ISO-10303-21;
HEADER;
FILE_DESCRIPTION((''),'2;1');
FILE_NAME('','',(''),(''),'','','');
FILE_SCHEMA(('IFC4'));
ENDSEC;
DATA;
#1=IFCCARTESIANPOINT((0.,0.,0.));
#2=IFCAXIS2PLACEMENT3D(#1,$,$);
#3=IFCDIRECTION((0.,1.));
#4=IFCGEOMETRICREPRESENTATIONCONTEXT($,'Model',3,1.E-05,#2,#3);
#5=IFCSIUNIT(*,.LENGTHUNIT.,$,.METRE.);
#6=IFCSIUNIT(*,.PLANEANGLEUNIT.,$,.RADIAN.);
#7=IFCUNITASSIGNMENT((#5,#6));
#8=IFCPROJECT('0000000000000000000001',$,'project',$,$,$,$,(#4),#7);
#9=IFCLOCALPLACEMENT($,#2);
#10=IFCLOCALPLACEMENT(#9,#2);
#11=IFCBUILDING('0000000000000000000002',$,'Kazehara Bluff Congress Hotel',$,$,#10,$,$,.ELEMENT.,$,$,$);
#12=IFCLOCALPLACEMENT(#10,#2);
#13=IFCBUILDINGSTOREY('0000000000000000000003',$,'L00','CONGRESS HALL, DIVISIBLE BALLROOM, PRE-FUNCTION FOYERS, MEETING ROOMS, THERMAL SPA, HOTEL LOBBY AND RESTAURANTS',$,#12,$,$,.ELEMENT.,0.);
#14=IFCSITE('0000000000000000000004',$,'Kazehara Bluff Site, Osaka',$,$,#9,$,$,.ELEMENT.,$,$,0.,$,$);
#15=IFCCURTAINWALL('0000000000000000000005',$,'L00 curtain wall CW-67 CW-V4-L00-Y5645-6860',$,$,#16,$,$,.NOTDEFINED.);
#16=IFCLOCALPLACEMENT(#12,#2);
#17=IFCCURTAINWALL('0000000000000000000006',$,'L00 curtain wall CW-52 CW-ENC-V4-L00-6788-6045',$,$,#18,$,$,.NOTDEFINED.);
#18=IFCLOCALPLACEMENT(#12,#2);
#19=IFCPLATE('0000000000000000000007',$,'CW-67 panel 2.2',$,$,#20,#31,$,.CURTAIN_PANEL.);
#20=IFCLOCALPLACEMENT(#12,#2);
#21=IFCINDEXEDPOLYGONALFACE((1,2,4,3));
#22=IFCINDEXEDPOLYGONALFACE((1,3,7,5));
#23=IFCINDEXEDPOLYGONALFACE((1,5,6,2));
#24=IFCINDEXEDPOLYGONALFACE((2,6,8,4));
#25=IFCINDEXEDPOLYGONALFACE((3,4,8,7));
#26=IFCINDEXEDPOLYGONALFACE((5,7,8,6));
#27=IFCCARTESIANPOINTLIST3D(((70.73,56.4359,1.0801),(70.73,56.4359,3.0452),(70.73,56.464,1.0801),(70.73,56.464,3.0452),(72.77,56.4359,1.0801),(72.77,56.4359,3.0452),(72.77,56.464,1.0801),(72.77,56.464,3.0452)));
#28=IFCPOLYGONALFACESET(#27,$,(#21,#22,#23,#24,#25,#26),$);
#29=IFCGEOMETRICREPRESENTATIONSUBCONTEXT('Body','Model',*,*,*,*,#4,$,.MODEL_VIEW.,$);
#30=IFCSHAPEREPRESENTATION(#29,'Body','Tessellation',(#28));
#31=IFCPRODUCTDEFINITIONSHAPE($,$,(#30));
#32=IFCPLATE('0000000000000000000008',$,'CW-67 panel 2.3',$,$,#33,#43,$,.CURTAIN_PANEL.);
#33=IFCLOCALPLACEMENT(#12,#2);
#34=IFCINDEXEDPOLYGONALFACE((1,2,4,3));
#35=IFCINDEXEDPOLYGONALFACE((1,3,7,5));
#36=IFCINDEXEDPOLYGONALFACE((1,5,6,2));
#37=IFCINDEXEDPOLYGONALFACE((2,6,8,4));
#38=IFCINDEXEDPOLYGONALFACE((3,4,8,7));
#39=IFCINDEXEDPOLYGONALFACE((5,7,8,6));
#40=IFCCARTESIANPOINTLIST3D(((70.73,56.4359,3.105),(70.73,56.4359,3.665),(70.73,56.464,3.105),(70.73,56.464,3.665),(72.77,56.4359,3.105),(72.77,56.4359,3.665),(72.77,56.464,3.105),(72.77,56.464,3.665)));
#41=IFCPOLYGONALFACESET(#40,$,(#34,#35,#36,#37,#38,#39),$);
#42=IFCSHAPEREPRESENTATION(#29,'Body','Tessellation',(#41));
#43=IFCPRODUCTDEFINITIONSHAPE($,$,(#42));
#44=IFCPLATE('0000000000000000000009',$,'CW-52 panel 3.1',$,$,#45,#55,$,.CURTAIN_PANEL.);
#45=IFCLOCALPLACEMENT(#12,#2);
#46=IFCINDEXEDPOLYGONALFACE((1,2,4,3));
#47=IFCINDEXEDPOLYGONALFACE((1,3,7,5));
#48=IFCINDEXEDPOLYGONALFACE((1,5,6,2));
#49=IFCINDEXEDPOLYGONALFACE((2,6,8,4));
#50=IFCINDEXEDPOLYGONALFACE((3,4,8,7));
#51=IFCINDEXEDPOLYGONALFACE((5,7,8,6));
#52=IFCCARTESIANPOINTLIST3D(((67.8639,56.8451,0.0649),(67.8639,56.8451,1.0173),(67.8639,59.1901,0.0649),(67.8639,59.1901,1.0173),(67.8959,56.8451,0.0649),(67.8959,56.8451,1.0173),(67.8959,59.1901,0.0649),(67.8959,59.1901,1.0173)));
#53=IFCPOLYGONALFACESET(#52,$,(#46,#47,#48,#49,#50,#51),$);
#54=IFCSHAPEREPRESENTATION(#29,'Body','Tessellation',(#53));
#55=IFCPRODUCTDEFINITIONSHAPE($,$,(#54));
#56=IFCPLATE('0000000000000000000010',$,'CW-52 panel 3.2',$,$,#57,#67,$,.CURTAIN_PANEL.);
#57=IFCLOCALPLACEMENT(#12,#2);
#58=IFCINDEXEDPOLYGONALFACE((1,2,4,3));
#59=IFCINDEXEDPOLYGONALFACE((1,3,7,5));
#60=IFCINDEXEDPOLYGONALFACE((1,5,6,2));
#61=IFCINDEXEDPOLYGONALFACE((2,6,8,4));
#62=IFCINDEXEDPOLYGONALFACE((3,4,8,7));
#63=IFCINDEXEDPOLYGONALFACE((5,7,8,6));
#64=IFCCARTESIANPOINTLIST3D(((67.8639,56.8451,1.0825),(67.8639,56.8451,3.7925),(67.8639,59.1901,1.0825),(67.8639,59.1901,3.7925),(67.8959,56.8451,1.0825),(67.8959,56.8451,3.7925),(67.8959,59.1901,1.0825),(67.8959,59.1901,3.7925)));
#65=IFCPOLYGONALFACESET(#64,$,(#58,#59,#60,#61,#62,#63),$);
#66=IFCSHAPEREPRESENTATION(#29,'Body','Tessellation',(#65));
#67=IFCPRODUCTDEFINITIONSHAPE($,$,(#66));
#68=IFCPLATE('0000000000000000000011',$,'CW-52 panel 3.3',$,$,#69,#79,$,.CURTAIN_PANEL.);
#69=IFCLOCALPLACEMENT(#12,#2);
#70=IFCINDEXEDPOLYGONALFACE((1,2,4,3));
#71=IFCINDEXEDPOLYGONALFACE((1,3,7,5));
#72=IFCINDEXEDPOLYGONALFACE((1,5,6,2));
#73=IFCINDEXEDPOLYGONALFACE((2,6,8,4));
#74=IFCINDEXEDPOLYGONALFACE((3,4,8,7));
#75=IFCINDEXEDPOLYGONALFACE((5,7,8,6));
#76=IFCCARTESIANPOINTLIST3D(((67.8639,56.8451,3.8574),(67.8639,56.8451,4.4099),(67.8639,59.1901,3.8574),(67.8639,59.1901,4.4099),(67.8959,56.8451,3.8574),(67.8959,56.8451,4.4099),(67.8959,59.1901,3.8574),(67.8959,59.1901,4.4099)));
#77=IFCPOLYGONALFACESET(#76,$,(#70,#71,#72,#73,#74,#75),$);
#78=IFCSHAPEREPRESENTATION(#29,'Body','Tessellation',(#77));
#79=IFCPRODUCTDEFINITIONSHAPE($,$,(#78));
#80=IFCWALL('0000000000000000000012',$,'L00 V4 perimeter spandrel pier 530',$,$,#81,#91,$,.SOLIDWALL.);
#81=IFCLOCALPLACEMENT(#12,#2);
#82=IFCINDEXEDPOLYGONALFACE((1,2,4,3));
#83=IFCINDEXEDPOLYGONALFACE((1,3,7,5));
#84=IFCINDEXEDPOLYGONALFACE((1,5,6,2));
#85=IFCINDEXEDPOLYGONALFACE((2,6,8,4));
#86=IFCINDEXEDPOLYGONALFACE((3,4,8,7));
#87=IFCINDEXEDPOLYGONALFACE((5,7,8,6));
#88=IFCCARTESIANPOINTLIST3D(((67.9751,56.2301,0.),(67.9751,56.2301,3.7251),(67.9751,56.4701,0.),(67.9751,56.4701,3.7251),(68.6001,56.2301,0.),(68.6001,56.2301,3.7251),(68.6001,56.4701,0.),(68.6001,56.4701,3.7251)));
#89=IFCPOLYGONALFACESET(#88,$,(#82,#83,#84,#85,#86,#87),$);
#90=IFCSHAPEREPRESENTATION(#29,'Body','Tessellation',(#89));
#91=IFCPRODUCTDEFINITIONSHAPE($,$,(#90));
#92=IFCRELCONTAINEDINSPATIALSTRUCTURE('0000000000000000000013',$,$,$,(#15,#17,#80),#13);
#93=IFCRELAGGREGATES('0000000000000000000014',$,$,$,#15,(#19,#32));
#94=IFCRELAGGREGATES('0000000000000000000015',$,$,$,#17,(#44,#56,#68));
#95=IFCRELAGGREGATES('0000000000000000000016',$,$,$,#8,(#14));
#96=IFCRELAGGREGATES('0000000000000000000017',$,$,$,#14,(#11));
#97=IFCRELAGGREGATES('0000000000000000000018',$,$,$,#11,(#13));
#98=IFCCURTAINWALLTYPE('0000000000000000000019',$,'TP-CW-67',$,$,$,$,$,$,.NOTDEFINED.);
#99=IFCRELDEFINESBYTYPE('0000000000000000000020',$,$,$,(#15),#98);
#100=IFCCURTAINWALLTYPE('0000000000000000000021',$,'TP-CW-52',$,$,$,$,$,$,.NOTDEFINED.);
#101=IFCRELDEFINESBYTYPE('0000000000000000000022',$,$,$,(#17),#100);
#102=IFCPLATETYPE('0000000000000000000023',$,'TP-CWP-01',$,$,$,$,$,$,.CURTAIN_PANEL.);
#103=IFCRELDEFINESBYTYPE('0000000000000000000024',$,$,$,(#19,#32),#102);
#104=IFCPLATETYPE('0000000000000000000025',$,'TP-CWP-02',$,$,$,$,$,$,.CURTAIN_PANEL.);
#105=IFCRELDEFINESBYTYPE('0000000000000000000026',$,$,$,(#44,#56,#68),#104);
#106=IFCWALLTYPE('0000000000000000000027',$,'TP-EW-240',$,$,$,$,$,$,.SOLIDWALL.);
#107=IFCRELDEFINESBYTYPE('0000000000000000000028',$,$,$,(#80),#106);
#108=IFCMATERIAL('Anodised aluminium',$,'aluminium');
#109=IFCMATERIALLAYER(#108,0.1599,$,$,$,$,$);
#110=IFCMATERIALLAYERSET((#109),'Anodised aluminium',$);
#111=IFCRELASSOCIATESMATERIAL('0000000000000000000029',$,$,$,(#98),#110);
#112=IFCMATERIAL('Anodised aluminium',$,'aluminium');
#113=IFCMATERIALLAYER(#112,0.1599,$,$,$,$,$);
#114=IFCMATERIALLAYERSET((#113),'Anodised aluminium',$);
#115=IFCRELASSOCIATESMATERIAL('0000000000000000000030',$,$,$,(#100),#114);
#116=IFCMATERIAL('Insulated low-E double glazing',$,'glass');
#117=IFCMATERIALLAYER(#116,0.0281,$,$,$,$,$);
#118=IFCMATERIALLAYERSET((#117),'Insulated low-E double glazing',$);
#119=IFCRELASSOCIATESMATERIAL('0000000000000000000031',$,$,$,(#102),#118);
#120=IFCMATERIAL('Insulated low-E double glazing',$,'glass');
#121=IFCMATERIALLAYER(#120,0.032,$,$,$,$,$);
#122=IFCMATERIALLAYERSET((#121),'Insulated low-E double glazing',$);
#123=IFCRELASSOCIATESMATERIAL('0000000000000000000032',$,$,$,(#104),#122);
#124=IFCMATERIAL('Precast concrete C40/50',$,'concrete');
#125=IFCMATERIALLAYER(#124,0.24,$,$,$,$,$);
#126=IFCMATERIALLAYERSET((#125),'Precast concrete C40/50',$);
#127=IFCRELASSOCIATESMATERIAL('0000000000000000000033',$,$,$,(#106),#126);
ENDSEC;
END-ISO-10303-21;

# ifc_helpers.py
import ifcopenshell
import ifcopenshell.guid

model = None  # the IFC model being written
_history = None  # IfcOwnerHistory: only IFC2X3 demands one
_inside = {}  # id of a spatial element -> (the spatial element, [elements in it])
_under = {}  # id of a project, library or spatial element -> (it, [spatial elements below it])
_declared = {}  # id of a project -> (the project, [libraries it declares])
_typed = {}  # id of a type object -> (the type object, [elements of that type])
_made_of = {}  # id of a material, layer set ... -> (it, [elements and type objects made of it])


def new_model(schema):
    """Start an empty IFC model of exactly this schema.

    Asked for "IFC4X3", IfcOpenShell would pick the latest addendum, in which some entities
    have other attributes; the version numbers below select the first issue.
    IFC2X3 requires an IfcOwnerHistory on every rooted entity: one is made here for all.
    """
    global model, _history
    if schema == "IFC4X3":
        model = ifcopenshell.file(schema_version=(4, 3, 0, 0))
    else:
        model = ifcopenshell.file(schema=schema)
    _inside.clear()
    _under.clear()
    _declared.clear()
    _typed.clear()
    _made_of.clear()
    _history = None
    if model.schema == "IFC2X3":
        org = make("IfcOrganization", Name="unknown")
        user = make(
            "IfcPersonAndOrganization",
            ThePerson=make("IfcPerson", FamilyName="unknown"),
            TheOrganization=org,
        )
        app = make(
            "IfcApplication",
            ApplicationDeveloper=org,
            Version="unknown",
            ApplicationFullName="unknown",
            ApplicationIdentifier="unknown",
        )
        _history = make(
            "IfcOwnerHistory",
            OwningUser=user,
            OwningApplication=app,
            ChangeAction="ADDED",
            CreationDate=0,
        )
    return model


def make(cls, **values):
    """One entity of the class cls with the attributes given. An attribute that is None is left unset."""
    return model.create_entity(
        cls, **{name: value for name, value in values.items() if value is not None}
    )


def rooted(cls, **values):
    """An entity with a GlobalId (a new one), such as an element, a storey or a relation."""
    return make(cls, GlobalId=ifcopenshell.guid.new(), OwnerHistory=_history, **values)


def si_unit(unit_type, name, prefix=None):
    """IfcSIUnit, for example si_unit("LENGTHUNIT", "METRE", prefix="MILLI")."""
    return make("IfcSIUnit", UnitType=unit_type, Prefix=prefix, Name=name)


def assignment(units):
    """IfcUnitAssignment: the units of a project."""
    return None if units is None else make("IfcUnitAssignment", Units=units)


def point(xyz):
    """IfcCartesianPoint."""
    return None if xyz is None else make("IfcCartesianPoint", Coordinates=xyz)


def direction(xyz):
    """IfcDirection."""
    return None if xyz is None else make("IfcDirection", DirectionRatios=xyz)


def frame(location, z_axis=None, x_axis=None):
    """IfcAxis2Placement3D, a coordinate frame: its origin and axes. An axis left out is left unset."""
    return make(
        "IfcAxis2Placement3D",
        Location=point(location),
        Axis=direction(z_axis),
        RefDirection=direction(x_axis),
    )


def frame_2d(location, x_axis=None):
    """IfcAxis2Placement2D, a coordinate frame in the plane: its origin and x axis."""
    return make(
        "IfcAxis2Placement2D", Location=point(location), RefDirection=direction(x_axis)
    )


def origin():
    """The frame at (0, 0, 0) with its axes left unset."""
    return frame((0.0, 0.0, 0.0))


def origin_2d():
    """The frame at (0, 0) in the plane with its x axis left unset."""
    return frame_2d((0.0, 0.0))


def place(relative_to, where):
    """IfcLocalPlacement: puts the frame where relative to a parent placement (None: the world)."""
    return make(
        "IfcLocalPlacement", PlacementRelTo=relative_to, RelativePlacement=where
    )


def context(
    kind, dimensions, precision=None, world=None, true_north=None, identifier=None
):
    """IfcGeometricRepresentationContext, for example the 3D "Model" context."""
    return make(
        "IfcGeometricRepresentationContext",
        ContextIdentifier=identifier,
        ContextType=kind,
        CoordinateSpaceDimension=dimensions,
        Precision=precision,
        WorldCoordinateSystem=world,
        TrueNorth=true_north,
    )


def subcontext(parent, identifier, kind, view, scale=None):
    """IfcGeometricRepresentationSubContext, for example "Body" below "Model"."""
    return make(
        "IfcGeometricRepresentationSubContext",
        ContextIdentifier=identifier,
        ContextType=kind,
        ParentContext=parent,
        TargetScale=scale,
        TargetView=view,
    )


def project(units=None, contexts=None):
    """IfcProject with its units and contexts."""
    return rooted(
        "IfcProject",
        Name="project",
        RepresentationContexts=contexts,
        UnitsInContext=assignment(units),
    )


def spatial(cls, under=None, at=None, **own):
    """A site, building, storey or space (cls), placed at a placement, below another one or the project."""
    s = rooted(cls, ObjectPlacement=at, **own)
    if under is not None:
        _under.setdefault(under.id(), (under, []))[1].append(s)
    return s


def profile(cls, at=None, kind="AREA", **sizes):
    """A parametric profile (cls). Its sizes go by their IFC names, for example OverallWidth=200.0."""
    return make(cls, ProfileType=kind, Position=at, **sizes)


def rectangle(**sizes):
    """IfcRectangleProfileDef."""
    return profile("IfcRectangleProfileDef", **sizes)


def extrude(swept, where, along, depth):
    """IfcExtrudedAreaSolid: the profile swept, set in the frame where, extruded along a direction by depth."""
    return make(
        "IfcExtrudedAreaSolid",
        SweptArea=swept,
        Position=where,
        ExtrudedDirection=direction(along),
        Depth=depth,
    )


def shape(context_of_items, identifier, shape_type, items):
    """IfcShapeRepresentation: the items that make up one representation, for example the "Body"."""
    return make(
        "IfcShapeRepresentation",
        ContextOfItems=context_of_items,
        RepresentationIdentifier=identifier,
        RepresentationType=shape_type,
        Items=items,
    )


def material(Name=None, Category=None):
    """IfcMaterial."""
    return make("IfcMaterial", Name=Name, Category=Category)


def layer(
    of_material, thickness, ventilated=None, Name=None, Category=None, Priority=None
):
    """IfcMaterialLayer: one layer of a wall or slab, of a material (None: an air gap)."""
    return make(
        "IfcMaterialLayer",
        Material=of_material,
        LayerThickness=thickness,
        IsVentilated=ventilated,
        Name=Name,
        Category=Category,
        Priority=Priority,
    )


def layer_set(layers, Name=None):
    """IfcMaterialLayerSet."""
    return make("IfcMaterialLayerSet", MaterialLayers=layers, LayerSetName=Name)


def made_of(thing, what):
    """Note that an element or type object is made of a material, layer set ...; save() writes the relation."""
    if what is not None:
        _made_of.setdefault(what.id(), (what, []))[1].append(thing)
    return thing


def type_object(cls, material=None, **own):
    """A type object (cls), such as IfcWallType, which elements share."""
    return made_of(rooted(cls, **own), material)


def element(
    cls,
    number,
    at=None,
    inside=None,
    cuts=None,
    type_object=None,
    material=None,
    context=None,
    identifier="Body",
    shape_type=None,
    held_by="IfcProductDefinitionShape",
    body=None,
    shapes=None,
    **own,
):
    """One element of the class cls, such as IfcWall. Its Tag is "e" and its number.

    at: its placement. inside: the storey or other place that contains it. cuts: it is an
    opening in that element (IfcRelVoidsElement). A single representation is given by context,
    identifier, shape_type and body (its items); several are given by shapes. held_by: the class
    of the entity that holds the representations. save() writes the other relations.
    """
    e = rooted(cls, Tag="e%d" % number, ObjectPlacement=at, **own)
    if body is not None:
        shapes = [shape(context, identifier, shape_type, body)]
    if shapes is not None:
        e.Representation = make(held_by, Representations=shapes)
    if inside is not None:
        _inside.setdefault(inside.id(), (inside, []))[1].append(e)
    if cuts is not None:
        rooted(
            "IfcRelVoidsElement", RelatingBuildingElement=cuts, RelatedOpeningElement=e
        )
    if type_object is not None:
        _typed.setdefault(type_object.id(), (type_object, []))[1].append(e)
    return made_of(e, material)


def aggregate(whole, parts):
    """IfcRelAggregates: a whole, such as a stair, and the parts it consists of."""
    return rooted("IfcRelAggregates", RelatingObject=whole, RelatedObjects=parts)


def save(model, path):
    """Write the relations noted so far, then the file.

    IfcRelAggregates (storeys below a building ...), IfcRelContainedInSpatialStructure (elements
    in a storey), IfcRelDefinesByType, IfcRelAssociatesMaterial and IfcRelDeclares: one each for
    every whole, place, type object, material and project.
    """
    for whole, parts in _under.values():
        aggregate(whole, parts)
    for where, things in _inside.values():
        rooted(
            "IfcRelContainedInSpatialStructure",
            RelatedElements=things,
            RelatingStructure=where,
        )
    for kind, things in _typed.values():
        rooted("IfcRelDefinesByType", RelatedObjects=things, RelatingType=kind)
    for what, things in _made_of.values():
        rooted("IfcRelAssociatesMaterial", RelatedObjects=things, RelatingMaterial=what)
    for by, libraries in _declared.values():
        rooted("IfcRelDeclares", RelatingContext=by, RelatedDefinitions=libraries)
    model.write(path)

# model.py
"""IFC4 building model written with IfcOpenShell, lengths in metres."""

from ifc_helpers import new_model, si_unit, direction, frame, frame_2d, origin, origin_2d, place, context, subcontext, project, spatial, rectangle, extrude, material, layer, layer_set, type_object, element, aggregate, save


model = new_model("IFC4")

# Units and contexts
model_context = context("Model", 3, precision=1e-05, world=origin(), true_north=direction((0.0, 1.0)))
body_context = subcontext(model_context, "Body", "Model", "MODEL_VIEW")
ifc_project = project(units=[si_unit("LENGTHUNIT", "METRE"), si_unit("PLANEANGLEUNIT", "RADIAN")], contexts=[model_context])

# Site, building, storey
site_placement = place(None, origin())
site = spatial("IfcSite", under=ifc_project, at=site_placement, Name="Kazehara Bluff Site, Osaka", CompositionType="ELEMENT", RefElevation=0.0)
building_placement = place(site_placement, origin())
building = spatial("IfcBuilding", under=site, at=building_placement, Name="Kazehara Bluff Congress Hotel", CompositionType="ELEMENT")
storey_placement = place(building_placement, origin())
storey = spatial("IfcBuildingStorey", under=building, at=storey_placement, Name="L00", Description="CONGRESS HALL, DIVISIBLE BALLROOM, PRE-FUNCTION FOYERS, MEETING ROOMS, THERMAL SPA, HOTEL LOBBY AND RESTAURANTS", CompositionType="ELEMENT", Elevation=0.0)

# Curtain walls
ifc_material_1 = material(Name="Anodised aluminium", Category="aluminium")
ifc_layer_1 = layer(ifc_material_1, 0.1599)
ifc_layer_set_1 = layer_set([ifc_layer_1], Name="Anodised aluminium")
curtain_wall_type_1 = type_object("IfcCurtainWallType", Name="TP-CW-67", PredefinedType="NOTDEFINED", material=ifc_layer_set_1)
curtain_wall_1_placement = place(storey_placement, origin())
curtain_wall_1 = element("IfcCurtainWall", 1, at=curtain_wall_1_placement, inside=storey, type_object=curtain_wall_type_1, Name="L00 curtain wall CW-67 CW-V4-L00-Y5645-6860", PredefinedType="NOTDEFINED")
ifc_material_2 = material(Name="Anodised aluminium", Category="aluminium")
ifc_layer_2 = layer(ifc_material_2, 0.1599)
ifc_layer_set_2 = layer_set([ifc_layer_2], Name="Anodised aluminium")
curtain_wall_type_2 = type_object("IfcCurtainWallType", Name="TP-CW-52", PredefinedType="NOTDEFINED", material=ifc_layer_set_2)
curtain_wall_2_placement = place(storey_placement, origin())
curtain_wall_2 = element("IfcCurtainWall", 2, at=curtain_wall_2_placement, inside=storey, type_object=curtain_wall_type_2, Name="L00 curtain wall CW-52 CW-ENC-V4-L00-6788-6045", PredefinedType="NOTDEFINED")

# Plates
ifc_material_3 = material(Name="Insulated low-E double glazing", Category="glass")
ifc_layer_3 = layer(ifc_material_3, 0.0281)
ifc_layer_set_3 = layer_set([ifc_layer_3], Name="Insulated low-E double glazing")
plate_type_1 = type_object("IfcPlateType", Name="TP-CWP-01", PredefinedType="CURTAIN_PANEL", material=ifc_layer_set_3)
plate_1_placement = place(storey_placement, frame((71.75, 56.45, 1.0801), z_axis=(0.0, 0.0, 1.0), x_axis=(1.0, 0.0, 0.0)))
plate_1 = element("IfcPlate", 3, at=plate_1_placement, type_object=plate_type_1, Name="CW-67 panel 2.2", PredefinedType="CURTAIN_PANEL", context=body_context, shape_type="SweptSolid", body=[
    extrude(rectangle(XDim=2.04, YDim=0.0281, at=origin_2d()), origin(), (0.0, 0.0, 1.0), 1.9651),
])
plate_2_placement = place(storey_placement, frame((71.75, 56.45, 3.105), z_axis=(0.0, 0.0, 1.0), x_axis=(1.0, 0.0, 0.0)))
plate_2 = element("IfcPlate", 4, at=plate_2_placement, type_object=plate_type_1, Name="CW-67 panel 2.3", PredefinedType="CURTAIN_PANEL", context=body_context, shape_type="SweptSolid", body=[
    extrude(rectangle(XDim=2.04, YDim=0.0281, at=origin_2d()), origin(), (0.0, 0.0, 1.0), 0.5601),
])
aggregate(curtain_wall_1, [plate_1, plate_2])
ifc_material_4 = material(Name="Insulated low-E double glazing", Category="glass")
ifc_layer_4 = layer(ifc_material_4, 0.032)
ifc_layer_set_4 = layer_set([ifc_layer_4], Name="Insulated low-E double glazing")
plate_type_2 = type_object("IfcPlateType", Name="TP-CWP-02", PredefinedType="CURTAIN_PANEL", material=ifc_layer_set_4)
plate_3_placement = place(storey_placement, frame((67.8799, 58.0176, 0.0649), z_axis=(0.0, 0.0, 1.0), x_axis=(0.0, -1.0, 0.0)))
plate_3 = element("IfcPlate", 5, at=plate_3_placement, type_object=plate_type_2, Name="CW-52 panel 3.1", PredefinedType="CURTAIN_PANEL", context=body_context, shape_type="SweptSolid", body=[
    extrude(rectangle(XDim=2.345, YDim=0.032, at=origin_2d()), origin(), (0.0, 0.0, 1.0), 0.9524),
])
plate_4_placement = place(storey_placement, frame((67.8799, 58.0176, 1.0825), z_axis=(0.0, 0.0, 1.0), x_axis=(0.0, -1.0, 0.0)))
plate_4 = element("IfcPlate", 6, at=plate_4_placement, type_object=plate_type_2, Name="CW-52 panel 3.2", PredefinedType="CURTAIN_PANEL", context=body_context, shape_type="SweptSolid", body=[
    extrude(rectangle(XDim=2.345, YDim=0.032, at=origin_2d()), origin(), (0.0, 0.0, 1.0), 2.71),
])
plate_5_placement = place(storey_placement, frame((67.8799, 58.0176, 3.8574), z_axis=(0.0, 0.0, 1.0), x_axis=(0.0, -1.0, 0.0)))
plate_5 = element("IfcPlate", 7, at=plate_5_placement, type_object=plate_type_2, Name="CW-52 panel 3.3", PredefinedType="CURTAIN_PANEL", context=body_context, shape_type="SweptSolid", body=[
    extrude(rectangle(XDim=2.345, YDim=0.032, at=origin_2d()), origin(), (0.0, 0.0, 1.0), 0.5525),
])
aggregate(curtain_wall_2, [plate_3, plate_4, plate_5])

# Wall
ifc_material_5 = material(Name="Precast concrete C40/50", Category="concrete")
ifc_layer_5 = layer(ifc_material_5, 0.24)
ifc_layer_set_5 = layer_set([ifc_layer_5], Name="Precast concrete C40/50")
wall_type = type_object("IfcWallType", Name="TP-EW-240", PredefinedType="SOLIDWALL", material=ifc_layer_set_5)
wall_placement = place(storey_placement, frame((67.9751, 56.3501, 0.0), z_axis=(0.0, 0.0, 1.0), x_axis=(1.0, 0.0, 0.0)))
element("IfcWall", 8, at=wall_placement, inside=storey, type_object=wall_type, Name="L00 V4 perimeter spandrel pier 530", PredefinedType="SOLIDWALL", context=body_context, shape_type="SweptSolid", body=[
    extrude(rectangle(XDim=0.625, YDim=0.24, at=frame_2d((0.3125, 0.0))), origin(), (0.0, 0.0, 1.0), 3.7251),
])

save(model, "model.ifc")
